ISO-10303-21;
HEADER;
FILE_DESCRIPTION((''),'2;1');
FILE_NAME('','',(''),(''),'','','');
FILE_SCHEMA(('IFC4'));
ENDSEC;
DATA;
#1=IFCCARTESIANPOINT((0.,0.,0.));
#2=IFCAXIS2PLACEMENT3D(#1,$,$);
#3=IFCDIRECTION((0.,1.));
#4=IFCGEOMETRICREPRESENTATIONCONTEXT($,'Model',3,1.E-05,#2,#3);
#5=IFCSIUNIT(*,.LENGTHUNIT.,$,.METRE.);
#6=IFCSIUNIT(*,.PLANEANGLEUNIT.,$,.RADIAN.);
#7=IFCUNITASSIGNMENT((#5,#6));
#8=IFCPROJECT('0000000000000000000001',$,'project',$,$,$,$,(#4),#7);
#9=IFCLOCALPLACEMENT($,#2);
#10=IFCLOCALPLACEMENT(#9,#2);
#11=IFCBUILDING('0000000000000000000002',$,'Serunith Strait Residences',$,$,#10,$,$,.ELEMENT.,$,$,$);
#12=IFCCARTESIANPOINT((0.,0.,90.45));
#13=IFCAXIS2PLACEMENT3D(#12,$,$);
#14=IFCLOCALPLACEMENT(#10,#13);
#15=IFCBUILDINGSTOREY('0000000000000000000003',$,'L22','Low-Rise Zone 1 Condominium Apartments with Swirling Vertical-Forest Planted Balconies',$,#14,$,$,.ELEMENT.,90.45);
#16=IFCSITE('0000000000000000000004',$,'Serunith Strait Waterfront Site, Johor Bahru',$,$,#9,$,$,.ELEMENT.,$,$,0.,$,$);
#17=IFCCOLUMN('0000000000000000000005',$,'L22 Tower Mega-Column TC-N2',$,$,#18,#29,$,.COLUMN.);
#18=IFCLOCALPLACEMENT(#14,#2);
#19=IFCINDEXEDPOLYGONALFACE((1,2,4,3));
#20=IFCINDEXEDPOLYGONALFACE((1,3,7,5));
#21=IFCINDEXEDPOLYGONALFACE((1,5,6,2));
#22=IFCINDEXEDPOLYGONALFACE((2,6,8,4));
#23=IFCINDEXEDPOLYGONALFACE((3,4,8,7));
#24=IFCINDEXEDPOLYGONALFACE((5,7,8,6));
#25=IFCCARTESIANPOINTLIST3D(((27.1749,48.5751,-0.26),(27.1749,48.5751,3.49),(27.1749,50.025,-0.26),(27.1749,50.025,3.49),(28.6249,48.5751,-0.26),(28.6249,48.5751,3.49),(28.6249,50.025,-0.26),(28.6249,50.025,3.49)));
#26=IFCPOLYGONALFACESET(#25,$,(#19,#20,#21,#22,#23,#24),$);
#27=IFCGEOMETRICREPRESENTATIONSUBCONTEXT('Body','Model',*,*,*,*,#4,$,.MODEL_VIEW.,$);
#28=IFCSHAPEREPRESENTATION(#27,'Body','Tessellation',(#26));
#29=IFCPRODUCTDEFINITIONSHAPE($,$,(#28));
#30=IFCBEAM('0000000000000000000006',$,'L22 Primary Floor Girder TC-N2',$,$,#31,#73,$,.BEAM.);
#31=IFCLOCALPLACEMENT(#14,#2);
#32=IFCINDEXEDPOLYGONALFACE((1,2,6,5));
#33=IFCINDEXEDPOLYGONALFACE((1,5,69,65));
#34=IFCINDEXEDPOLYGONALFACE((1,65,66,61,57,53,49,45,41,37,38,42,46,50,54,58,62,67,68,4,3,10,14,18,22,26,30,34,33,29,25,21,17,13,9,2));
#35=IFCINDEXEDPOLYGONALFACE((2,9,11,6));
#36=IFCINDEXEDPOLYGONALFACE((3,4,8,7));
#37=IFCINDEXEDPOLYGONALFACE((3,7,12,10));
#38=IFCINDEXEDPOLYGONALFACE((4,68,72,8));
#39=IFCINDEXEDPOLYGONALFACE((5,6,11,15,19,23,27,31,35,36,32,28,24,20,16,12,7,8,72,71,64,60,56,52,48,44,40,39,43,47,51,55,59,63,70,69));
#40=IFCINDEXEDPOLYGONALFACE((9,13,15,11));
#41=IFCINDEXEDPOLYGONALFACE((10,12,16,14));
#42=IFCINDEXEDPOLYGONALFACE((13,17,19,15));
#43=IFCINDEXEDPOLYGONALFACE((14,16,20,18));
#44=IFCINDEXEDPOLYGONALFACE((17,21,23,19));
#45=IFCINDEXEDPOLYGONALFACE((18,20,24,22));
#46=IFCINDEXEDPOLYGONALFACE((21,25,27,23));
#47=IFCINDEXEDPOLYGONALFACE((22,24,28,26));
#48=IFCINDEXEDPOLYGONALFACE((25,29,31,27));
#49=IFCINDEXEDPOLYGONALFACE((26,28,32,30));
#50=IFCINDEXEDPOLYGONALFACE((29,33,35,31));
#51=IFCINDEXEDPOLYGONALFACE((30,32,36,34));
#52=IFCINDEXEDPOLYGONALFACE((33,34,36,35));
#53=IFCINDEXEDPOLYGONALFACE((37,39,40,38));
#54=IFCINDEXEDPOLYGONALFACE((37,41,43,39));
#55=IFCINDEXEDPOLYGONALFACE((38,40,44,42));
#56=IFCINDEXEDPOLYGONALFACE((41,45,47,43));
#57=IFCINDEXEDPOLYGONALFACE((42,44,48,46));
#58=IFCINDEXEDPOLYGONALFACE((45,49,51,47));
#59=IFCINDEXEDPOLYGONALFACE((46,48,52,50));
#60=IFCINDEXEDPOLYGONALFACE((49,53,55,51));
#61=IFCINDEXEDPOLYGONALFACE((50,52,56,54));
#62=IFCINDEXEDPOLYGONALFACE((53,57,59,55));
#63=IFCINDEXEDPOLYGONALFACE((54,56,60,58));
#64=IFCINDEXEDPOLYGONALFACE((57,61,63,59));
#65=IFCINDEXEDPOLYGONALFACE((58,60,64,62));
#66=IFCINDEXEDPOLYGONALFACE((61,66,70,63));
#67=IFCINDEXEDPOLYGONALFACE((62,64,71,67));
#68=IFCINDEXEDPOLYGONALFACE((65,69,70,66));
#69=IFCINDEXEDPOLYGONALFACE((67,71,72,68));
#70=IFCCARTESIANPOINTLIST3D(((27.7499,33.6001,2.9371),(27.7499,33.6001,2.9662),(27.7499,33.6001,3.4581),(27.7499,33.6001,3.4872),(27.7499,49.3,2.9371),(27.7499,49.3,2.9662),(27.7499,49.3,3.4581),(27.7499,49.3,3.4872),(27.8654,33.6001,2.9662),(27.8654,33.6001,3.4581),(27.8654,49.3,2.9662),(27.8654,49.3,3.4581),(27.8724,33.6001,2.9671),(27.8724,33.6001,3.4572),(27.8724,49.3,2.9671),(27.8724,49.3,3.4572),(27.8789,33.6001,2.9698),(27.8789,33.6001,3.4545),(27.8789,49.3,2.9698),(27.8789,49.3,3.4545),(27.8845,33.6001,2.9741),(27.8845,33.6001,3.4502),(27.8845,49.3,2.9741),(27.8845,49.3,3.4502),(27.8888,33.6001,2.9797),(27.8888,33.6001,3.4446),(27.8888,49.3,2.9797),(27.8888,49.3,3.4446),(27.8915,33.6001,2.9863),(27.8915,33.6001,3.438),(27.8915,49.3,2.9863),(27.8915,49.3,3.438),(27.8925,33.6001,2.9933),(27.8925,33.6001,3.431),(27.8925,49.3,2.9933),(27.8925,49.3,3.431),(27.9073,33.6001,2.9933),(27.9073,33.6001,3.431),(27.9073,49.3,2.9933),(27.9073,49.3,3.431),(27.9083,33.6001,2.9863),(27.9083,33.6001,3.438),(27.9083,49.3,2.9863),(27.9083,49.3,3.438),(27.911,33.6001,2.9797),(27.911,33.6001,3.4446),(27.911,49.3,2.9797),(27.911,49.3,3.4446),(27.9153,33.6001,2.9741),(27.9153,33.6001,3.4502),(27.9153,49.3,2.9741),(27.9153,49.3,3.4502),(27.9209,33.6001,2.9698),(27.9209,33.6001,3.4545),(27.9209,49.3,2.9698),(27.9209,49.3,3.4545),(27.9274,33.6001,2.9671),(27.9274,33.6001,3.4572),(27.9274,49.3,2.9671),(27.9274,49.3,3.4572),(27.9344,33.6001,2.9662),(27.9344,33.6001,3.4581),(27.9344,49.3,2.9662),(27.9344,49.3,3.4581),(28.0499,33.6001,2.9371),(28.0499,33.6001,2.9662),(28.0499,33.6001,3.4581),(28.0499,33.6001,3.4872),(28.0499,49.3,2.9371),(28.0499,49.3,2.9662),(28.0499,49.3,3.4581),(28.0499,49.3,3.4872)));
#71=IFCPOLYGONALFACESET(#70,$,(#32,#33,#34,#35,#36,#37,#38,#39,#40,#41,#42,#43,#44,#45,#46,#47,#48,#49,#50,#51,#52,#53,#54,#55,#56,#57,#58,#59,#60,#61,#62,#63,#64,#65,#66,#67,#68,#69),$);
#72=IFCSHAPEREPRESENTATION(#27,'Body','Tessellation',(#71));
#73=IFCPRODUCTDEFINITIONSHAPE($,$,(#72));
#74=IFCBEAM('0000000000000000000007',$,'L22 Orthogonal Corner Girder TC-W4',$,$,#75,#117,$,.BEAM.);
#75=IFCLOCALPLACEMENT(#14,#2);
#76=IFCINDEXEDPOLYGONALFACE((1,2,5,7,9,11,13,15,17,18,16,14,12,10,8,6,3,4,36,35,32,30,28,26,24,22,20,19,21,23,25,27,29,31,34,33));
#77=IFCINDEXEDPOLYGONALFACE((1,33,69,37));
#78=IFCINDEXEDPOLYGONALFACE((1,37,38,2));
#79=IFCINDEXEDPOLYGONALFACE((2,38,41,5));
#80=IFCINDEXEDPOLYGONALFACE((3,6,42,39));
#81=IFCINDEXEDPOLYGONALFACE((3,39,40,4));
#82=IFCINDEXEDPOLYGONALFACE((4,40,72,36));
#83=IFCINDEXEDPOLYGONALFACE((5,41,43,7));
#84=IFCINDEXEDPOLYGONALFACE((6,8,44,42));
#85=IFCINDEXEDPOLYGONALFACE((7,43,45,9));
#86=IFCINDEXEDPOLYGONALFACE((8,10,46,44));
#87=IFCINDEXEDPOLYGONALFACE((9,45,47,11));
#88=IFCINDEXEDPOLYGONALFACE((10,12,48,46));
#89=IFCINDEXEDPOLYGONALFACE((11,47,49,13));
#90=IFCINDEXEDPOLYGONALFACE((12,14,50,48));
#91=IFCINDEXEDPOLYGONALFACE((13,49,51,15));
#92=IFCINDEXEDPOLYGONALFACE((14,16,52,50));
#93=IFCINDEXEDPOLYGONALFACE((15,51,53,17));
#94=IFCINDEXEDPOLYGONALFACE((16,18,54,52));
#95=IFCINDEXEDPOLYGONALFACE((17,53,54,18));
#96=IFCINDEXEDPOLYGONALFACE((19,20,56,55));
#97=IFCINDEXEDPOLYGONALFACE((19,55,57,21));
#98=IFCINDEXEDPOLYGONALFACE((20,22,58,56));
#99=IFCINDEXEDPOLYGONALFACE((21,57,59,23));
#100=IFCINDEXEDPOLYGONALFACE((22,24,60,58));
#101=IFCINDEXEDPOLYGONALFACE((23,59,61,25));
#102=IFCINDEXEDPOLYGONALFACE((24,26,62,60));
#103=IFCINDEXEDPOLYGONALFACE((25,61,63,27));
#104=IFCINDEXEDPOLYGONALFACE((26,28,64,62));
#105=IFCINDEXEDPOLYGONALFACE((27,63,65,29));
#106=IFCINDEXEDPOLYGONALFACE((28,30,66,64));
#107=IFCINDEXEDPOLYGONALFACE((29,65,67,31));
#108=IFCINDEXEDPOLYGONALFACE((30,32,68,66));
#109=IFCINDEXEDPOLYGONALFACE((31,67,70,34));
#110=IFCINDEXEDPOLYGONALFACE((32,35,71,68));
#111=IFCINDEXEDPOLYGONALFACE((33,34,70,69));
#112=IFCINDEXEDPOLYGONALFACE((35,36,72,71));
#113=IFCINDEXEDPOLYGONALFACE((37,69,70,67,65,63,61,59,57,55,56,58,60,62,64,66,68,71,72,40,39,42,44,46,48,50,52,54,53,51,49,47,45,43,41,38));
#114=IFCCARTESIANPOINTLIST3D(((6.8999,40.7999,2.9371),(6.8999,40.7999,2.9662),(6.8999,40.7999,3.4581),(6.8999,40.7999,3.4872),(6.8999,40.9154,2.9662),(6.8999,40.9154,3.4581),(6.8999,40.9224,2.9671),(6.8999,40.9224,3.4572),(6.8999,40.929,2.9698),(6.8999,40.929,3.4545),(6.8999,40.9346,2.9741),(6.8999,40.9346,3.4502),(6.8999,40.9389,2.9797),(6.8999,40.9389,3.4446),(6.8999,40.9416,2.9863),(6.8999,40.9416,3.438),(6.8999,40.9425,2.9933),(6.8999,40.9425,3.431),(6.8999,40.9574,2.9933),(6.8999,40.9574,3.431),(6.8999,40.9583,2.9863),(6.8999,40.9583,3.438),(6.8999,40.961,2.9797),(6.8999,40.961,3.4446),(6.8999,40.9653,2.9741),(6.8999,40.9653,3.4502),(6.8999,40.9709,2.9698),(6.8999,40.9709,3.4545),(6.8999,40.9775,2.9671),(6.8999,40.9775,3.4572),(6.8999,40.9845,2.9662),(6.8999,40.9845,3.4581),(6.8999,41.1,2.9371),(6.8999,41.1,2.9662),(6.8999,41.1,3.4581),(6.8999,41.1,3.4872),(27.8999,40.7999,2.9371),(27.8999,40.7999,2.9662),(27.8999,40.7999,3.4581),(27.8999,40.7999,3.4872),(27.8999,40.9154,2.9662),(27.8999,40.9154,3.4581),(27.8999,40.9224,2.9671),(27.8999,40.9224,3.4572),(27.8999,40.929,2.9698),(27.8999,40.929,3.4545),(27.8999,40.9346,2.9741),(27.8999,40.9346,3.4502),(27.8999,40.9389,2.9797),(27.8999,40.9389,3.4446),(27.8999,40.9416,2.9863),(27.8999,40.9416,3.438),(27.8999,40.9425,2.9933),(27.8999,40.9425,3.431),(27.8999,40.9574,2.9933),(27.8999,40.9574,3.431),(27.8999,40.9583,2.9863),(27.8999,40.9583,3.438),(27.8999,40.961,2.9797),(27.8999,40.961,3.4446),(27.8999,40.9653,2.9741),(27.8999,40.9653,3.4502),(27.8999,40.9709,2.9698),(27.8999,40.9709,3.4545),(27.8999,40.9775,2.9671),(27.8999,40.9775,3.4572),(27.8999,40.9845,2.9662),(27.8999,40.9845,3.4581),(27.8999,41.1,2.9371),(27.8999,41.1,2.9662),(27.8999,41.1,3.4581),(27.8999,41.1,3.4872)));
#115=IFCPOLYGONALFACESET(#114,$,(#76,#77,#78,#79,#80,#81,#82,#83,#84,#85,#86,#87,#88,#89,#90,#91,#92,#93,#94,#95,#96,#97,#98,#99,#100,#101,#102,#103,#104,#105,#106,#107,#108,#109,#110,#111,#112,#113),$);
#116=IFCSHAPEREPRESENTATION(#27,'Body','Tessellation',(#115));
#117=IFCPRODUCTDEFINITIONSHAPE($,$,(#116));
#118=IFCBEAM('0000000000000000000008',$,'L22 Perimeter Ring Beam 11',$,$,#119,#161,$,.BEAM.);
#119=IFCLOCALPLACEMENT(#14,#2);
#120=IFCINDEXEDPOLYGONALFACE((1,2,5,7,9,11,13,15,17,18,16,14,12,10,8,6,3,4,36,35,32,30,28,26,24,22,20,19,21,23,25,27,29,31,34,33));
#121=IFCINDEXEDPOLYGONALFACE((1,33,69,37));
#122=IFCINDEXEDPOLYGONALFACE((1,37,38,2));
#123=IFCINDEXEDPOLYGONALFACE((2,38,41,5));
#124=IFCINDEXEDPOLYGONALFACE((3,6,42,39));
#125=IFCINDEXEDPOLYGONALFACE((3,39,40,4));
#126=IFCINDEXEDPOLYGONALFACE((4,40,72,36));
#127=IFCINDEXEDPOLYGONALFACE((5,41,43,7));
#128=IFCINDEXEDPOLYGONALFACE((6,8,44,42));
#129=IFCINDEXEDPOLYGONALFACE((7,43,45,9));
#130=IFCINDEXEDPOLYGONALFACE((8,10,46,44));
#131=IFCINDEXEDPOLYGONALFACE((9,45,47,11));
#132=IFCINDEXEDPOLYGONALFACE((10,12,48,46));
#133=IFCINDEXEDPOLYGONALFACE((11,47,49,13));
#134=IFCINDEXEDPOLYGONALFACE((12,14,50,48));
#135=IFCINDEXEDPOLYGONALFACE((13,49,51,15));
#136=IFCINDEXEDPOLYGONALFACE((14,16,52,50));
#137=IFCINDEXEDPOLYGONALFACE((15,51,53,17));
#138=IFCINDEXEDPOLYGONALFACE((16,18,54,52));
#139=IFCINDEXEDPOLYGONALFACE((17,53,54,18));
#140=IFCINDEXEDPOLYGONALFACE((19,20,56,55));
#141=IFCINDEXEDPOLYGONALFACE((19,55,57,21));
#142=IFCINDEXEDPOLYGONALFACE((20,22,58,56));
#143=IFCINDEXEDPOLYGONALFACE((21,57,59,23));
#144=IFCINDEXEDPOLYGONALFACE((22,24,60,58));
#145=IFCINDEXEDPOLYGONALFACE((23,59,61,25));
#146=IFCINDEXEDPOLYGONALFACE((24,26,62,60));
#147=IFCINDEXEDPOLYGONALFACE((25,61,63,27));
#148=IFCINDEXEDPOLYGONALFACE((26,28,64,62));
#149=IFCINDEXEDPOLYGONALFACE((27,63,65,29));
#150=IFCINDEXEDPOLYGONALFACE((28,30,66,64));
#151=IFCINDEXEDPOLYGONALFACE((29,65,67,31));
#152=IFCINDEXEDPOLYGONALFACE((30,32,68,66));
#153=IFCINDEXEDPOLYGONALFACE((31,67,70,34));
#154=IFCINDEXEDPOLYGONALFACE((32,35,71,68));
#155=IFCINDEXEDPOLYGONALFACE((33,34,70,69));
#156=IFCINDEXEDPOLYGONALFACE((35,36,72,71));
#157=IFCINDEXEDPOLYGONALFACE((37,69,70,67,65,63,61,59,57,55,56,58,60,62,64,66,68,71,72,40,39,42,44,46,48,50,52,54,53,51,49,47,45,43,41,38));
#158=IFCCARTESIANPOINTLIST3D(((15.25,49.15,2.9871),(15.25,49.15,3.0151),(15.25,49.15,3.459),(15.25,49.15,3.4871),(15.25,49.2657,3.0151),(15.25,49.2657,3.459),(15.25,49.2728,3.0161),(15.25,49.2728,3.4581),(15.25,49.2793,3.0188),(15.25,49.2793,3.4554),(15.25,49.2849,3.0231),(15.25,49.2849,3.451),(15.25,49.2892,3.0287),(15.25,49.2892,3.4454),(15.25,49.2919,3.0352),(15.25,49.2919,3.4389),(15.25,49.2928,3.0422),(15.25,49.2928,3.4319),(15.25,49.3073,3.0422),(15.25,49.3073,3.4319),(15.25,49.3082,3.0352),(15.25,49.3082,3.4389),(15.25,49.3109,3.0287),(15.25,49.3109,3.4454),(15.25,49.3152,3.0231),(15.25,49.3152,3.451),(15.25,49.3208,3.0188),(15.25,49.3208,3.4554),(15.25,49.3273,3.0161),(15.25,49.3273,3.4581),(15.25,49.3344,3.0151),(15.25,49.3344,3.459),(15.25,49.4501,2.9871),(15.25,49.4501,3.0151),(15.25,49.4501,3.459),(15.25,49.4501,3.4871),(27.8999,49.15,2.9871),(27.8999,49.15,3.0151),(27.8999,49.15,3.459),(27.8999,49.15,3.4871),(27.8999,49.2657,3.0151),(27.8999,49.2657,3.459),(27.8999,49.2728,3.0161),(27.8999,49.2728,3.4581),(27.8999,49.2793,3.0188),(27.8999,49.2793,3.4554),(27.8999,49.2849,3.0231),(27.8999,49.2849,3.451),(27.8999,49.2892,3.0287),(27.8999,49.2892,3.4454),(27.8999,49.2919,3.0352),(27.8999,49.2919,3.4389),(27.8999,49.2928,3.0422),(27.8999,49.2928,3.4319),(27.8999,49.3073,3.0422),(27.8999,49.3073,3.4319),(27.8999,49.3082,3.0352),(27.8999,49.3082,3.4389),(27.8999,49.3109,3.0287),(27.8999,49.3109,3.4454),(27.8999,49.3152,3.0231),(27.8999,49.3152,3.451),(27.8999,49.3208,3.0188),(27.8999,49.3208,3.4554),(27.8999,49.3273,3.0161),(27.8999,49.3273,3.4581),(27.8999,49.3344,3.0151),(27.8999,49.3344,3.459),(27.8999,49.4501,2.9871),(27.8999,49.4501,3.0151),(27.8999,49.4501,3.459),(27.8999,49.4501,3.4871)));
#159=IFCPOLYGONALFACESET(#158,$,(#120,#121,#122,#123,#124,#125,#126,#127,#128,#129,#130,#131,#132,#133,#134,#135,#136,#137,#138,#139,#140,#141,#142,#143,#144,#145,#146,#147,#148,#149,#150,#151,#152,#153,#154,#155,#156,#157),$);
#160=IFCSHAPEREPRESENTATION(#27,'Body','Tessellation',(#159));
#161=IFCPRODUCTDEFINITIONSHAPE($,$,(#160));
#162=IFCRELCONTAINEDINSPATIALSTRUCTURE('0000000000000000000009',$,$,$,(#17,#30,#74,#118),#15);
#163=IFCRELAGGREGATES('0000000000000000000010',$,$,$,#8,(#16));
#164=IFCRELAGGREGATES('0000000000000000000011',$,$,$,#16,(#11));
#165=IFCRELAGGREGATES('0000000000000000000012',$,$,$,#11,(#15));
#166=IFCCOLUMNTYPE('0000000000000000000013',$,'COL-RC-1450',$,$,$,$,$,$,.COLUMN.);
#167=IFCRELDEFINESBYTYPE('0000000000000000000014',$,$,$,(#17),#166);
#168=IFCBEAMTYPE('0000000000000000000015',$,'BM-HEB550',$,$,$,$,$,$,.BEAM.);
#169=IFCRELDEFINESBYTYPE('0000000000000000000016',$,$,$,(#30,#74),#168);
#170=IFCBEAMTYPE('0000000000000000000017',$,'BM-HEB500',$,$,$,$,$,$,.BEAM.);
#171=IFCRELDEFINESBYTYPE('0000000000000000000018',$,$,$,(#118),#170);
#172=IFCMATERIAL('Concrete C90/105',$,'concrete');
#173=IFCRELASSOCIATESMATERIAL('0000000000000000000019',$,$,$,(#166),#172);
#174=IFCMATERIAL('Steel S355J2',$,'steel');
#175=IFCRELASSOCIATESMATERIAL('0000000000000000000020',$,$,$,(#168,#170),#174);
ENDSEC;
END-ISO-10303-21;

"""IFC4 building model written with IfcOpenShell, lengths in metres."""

from ifc_helpers import new_model, si_unit, direction, frame, origin, origin_2d, place, context, subcontext, project, spatial, rectangle, i_section, extrude, source, transform, mapped, material, material_profile, profile_set, type_object, element, save


model = new_model("IFC4")

# Units and contexts
model_context = context("Model", 3, precision=1e-05, world=origin(), true_north=direction((0.0, 1.0)))
body_context = subcontext(model_context, "Body", "Model", "MODEL_VIEW")
ifc_project = project(units=[si_unit("LENGTHUNIT", "METRE"), si_unit("PLANEANGLEUNIT", "RADIAN")], contexts=[model_context])

# Site, building, storey
site_placement = place(None, origin())
site = spatial("IfcSite", under=ifc_project, at=site_placement, Name="Serunith Strait Waterfront Site, Johor Bahru", CompositionType="ELEMENT", RefElevation=0.0)
building_placement = place(site_placement, origin())
building = spatial("IfcBuilding", under=site, at=building_placement, Name="Serunith Strait Residences", CompositionType="ELEMENT")
storey_placement = place(building_placement, frame((0.0, 0.0, 90.45)))
storey = spatial("IfcBuildingStorey", under=building, at=storey_placement, Name="L22", Description="Low-Rise Zone 1 Condominium Apartments with Swirling Vertical-Forest Planted Balconies", CompositionType="ELEMENT", Elevation=90.45)

# Column
ifc_material_1 = material(Name="Concrete C90/105", Category="concrete")
ifc_material_profile_1 = material_profile(ifc_material_1, rectangle(XDim=1.45, YDim=1.45, at=origin_2d()), Name="RC 1450x1450")
ifc_profile_set_1 = profile_set([ifc_material_profile_1], Name="Concrete C90/105")
column_type = type_object("IfcColumnType", Name="COL-RC-1450", PredefinedType="COLUMN", material=ifc_profile_set_1)
shared_shape_1 = source(origin(), body_context, "Body", "SweptSolid", [
    extrude(rectangle(XDim=1.45, YDim=1.45, at=origin_2d()), origin(), (0.0, 0.0, 1.0), 3.75),
])
column_placement = place(storey_placement, frame((27.8999, 49.3, -0.26), z_axis=(0.0, 0.0, 1.0), x_axis=(1.0, 0.0, 0.0)))
element("IfcColumn", 1, at=column_placement, inside=storey, type_object=column_type, Name="L22 Tower Mega-Column TC-N2", PredefinedType="COLUMN", context=body_context, shape_type="MappedRepresentation", body=[
    mapped(shared_shape_1, transform((0.0, 0.0, 0.0), scale=1.0)),
])

# Beams
ifc_material_2 = material(Name="Steel S355J2", Category="steel")
ifc_material_profile_2 = material_profile(ifc_material_2, i_section(OverallWidth=0.3, OverallDepth=0.55, WebThickness=0.0149, FlangeThickness=0.0291, FilletRadius=0.0271, at=origin_2d()), Name="HEB 550")
ifc_profile_set_2 = profile_set([ifc_material_profile_2], Name="Steel S355J2")
beam_type_1 = type_object("IfcBeamType", Name="BM-HEB550", PredefinedType="BEAM", material=ifc_profile_set_2)
shared_shape_2 = source(origin(), body_context, "Body", "SweptSolid", [
    extrude(i_section(OverallWidth=0.3, OverallDepth=0.55, WebThickness=0.0149, FlangeThickness=0.0291, FilletRadius=0.0271, at=origin_2d()), origin(), (0.0, 0.0, 1.0), 15.7),
])
beam_1_placement = place(storey_placement, frame((27.8999, 33.6001, 3.2122), z_axis=(0.0, 1.0, 0.0), x_axis=(-1.0, 0.0, 0.0)))
element("IfcBeam", 2, at=beam_1_placement, inside=storey, type_object=beam_type_1, Name="L22 Primary Floor Girder TC-N2", PredefinedType="BEAM", context=body_context, shape_type="MappedRepresentation", body=[
    mapped(shared_shape_2, transform((0.0, 0.0, 0.0), scale=1.0)),
])
shared_shape_3 = source(origin(), body_context, "Body", "SweptSolid", [
    extrude(i_section(OverallWidth=0.3, OverallDepth=0.55, WebThickness=0.0149, FlangeThickness=0.0291, FilletRadius=0.0271, at=origin_2d()), origin(), (0.0, 0.0, 1.0), 21.0),
])
beam_2_placement = place(storey_placement, frame((27.8999, 40.95, 3.2122), z_axis=(-1.0, 0.0, 0.0), x_axis=(0.0, -1.0, 0.0)))
element("IfcBeam", 3, at=beam_2_placement, inside=storey, type_object=beam_type_1, Name="L22 Orthogonal Corner Girder TC-W4", PredefinedType="BEAM", context=body_context, shape_type="MappedRepresentation", body=[
    mapped(shared_shape_3, transform((0.0, 0.0, 0.0), scale=1.0)),
])
ifc_material_profile_3 = material_profile(ifc_material_2, i_section(OverallWidth=0.3, OverallDepth=0.5, WebThickness=0.0144, FlangeThickness=0.0281, FilletRadius=0.0271, at=origin_2d()), Name="HEB 500")
ifc_profile_set_3 = profile_set([ifc_material_profile_3], Name="Steel S355J2")
beam_type_2 = type_object("IfcBeamType", Name="BM-HEB500", PredefinedType="BEAM", material=ifc_profile_set_3)
shared_shape_4 = source(origin(), body_context, "Body", "SweptSolid", [
    extrude(i_section(OverallWidth=0.3, OverallDepth=0.5, WebThickness=0.0144, FlangeThickness=0.0281, FilletRadius=0.0271, at=origin_2d()), origin(), (0.0, 0.0, 1.0), 12.6499),
])
beam_3_placement = place(storey_placement, frame((27.8999, 49.3, 3.2371), z_axis=(-1.0, 0.0, 0.0), x_axis=(0.0, -1.0, 0.0)))
element("IfcBeam", 4, at=beam_3_placement, inside=storey, type_object=beam_type_2, Name="L22 Perimeter Ring Beam 11", PredefinedType="BEAM", context=body_context, shape_type="MappedRepresentation", body=[
    mapped(shared_shape_4, transform((0.0, 0.0, 0.0), scale=1.0)),
])

save(model, "model.ifc")
